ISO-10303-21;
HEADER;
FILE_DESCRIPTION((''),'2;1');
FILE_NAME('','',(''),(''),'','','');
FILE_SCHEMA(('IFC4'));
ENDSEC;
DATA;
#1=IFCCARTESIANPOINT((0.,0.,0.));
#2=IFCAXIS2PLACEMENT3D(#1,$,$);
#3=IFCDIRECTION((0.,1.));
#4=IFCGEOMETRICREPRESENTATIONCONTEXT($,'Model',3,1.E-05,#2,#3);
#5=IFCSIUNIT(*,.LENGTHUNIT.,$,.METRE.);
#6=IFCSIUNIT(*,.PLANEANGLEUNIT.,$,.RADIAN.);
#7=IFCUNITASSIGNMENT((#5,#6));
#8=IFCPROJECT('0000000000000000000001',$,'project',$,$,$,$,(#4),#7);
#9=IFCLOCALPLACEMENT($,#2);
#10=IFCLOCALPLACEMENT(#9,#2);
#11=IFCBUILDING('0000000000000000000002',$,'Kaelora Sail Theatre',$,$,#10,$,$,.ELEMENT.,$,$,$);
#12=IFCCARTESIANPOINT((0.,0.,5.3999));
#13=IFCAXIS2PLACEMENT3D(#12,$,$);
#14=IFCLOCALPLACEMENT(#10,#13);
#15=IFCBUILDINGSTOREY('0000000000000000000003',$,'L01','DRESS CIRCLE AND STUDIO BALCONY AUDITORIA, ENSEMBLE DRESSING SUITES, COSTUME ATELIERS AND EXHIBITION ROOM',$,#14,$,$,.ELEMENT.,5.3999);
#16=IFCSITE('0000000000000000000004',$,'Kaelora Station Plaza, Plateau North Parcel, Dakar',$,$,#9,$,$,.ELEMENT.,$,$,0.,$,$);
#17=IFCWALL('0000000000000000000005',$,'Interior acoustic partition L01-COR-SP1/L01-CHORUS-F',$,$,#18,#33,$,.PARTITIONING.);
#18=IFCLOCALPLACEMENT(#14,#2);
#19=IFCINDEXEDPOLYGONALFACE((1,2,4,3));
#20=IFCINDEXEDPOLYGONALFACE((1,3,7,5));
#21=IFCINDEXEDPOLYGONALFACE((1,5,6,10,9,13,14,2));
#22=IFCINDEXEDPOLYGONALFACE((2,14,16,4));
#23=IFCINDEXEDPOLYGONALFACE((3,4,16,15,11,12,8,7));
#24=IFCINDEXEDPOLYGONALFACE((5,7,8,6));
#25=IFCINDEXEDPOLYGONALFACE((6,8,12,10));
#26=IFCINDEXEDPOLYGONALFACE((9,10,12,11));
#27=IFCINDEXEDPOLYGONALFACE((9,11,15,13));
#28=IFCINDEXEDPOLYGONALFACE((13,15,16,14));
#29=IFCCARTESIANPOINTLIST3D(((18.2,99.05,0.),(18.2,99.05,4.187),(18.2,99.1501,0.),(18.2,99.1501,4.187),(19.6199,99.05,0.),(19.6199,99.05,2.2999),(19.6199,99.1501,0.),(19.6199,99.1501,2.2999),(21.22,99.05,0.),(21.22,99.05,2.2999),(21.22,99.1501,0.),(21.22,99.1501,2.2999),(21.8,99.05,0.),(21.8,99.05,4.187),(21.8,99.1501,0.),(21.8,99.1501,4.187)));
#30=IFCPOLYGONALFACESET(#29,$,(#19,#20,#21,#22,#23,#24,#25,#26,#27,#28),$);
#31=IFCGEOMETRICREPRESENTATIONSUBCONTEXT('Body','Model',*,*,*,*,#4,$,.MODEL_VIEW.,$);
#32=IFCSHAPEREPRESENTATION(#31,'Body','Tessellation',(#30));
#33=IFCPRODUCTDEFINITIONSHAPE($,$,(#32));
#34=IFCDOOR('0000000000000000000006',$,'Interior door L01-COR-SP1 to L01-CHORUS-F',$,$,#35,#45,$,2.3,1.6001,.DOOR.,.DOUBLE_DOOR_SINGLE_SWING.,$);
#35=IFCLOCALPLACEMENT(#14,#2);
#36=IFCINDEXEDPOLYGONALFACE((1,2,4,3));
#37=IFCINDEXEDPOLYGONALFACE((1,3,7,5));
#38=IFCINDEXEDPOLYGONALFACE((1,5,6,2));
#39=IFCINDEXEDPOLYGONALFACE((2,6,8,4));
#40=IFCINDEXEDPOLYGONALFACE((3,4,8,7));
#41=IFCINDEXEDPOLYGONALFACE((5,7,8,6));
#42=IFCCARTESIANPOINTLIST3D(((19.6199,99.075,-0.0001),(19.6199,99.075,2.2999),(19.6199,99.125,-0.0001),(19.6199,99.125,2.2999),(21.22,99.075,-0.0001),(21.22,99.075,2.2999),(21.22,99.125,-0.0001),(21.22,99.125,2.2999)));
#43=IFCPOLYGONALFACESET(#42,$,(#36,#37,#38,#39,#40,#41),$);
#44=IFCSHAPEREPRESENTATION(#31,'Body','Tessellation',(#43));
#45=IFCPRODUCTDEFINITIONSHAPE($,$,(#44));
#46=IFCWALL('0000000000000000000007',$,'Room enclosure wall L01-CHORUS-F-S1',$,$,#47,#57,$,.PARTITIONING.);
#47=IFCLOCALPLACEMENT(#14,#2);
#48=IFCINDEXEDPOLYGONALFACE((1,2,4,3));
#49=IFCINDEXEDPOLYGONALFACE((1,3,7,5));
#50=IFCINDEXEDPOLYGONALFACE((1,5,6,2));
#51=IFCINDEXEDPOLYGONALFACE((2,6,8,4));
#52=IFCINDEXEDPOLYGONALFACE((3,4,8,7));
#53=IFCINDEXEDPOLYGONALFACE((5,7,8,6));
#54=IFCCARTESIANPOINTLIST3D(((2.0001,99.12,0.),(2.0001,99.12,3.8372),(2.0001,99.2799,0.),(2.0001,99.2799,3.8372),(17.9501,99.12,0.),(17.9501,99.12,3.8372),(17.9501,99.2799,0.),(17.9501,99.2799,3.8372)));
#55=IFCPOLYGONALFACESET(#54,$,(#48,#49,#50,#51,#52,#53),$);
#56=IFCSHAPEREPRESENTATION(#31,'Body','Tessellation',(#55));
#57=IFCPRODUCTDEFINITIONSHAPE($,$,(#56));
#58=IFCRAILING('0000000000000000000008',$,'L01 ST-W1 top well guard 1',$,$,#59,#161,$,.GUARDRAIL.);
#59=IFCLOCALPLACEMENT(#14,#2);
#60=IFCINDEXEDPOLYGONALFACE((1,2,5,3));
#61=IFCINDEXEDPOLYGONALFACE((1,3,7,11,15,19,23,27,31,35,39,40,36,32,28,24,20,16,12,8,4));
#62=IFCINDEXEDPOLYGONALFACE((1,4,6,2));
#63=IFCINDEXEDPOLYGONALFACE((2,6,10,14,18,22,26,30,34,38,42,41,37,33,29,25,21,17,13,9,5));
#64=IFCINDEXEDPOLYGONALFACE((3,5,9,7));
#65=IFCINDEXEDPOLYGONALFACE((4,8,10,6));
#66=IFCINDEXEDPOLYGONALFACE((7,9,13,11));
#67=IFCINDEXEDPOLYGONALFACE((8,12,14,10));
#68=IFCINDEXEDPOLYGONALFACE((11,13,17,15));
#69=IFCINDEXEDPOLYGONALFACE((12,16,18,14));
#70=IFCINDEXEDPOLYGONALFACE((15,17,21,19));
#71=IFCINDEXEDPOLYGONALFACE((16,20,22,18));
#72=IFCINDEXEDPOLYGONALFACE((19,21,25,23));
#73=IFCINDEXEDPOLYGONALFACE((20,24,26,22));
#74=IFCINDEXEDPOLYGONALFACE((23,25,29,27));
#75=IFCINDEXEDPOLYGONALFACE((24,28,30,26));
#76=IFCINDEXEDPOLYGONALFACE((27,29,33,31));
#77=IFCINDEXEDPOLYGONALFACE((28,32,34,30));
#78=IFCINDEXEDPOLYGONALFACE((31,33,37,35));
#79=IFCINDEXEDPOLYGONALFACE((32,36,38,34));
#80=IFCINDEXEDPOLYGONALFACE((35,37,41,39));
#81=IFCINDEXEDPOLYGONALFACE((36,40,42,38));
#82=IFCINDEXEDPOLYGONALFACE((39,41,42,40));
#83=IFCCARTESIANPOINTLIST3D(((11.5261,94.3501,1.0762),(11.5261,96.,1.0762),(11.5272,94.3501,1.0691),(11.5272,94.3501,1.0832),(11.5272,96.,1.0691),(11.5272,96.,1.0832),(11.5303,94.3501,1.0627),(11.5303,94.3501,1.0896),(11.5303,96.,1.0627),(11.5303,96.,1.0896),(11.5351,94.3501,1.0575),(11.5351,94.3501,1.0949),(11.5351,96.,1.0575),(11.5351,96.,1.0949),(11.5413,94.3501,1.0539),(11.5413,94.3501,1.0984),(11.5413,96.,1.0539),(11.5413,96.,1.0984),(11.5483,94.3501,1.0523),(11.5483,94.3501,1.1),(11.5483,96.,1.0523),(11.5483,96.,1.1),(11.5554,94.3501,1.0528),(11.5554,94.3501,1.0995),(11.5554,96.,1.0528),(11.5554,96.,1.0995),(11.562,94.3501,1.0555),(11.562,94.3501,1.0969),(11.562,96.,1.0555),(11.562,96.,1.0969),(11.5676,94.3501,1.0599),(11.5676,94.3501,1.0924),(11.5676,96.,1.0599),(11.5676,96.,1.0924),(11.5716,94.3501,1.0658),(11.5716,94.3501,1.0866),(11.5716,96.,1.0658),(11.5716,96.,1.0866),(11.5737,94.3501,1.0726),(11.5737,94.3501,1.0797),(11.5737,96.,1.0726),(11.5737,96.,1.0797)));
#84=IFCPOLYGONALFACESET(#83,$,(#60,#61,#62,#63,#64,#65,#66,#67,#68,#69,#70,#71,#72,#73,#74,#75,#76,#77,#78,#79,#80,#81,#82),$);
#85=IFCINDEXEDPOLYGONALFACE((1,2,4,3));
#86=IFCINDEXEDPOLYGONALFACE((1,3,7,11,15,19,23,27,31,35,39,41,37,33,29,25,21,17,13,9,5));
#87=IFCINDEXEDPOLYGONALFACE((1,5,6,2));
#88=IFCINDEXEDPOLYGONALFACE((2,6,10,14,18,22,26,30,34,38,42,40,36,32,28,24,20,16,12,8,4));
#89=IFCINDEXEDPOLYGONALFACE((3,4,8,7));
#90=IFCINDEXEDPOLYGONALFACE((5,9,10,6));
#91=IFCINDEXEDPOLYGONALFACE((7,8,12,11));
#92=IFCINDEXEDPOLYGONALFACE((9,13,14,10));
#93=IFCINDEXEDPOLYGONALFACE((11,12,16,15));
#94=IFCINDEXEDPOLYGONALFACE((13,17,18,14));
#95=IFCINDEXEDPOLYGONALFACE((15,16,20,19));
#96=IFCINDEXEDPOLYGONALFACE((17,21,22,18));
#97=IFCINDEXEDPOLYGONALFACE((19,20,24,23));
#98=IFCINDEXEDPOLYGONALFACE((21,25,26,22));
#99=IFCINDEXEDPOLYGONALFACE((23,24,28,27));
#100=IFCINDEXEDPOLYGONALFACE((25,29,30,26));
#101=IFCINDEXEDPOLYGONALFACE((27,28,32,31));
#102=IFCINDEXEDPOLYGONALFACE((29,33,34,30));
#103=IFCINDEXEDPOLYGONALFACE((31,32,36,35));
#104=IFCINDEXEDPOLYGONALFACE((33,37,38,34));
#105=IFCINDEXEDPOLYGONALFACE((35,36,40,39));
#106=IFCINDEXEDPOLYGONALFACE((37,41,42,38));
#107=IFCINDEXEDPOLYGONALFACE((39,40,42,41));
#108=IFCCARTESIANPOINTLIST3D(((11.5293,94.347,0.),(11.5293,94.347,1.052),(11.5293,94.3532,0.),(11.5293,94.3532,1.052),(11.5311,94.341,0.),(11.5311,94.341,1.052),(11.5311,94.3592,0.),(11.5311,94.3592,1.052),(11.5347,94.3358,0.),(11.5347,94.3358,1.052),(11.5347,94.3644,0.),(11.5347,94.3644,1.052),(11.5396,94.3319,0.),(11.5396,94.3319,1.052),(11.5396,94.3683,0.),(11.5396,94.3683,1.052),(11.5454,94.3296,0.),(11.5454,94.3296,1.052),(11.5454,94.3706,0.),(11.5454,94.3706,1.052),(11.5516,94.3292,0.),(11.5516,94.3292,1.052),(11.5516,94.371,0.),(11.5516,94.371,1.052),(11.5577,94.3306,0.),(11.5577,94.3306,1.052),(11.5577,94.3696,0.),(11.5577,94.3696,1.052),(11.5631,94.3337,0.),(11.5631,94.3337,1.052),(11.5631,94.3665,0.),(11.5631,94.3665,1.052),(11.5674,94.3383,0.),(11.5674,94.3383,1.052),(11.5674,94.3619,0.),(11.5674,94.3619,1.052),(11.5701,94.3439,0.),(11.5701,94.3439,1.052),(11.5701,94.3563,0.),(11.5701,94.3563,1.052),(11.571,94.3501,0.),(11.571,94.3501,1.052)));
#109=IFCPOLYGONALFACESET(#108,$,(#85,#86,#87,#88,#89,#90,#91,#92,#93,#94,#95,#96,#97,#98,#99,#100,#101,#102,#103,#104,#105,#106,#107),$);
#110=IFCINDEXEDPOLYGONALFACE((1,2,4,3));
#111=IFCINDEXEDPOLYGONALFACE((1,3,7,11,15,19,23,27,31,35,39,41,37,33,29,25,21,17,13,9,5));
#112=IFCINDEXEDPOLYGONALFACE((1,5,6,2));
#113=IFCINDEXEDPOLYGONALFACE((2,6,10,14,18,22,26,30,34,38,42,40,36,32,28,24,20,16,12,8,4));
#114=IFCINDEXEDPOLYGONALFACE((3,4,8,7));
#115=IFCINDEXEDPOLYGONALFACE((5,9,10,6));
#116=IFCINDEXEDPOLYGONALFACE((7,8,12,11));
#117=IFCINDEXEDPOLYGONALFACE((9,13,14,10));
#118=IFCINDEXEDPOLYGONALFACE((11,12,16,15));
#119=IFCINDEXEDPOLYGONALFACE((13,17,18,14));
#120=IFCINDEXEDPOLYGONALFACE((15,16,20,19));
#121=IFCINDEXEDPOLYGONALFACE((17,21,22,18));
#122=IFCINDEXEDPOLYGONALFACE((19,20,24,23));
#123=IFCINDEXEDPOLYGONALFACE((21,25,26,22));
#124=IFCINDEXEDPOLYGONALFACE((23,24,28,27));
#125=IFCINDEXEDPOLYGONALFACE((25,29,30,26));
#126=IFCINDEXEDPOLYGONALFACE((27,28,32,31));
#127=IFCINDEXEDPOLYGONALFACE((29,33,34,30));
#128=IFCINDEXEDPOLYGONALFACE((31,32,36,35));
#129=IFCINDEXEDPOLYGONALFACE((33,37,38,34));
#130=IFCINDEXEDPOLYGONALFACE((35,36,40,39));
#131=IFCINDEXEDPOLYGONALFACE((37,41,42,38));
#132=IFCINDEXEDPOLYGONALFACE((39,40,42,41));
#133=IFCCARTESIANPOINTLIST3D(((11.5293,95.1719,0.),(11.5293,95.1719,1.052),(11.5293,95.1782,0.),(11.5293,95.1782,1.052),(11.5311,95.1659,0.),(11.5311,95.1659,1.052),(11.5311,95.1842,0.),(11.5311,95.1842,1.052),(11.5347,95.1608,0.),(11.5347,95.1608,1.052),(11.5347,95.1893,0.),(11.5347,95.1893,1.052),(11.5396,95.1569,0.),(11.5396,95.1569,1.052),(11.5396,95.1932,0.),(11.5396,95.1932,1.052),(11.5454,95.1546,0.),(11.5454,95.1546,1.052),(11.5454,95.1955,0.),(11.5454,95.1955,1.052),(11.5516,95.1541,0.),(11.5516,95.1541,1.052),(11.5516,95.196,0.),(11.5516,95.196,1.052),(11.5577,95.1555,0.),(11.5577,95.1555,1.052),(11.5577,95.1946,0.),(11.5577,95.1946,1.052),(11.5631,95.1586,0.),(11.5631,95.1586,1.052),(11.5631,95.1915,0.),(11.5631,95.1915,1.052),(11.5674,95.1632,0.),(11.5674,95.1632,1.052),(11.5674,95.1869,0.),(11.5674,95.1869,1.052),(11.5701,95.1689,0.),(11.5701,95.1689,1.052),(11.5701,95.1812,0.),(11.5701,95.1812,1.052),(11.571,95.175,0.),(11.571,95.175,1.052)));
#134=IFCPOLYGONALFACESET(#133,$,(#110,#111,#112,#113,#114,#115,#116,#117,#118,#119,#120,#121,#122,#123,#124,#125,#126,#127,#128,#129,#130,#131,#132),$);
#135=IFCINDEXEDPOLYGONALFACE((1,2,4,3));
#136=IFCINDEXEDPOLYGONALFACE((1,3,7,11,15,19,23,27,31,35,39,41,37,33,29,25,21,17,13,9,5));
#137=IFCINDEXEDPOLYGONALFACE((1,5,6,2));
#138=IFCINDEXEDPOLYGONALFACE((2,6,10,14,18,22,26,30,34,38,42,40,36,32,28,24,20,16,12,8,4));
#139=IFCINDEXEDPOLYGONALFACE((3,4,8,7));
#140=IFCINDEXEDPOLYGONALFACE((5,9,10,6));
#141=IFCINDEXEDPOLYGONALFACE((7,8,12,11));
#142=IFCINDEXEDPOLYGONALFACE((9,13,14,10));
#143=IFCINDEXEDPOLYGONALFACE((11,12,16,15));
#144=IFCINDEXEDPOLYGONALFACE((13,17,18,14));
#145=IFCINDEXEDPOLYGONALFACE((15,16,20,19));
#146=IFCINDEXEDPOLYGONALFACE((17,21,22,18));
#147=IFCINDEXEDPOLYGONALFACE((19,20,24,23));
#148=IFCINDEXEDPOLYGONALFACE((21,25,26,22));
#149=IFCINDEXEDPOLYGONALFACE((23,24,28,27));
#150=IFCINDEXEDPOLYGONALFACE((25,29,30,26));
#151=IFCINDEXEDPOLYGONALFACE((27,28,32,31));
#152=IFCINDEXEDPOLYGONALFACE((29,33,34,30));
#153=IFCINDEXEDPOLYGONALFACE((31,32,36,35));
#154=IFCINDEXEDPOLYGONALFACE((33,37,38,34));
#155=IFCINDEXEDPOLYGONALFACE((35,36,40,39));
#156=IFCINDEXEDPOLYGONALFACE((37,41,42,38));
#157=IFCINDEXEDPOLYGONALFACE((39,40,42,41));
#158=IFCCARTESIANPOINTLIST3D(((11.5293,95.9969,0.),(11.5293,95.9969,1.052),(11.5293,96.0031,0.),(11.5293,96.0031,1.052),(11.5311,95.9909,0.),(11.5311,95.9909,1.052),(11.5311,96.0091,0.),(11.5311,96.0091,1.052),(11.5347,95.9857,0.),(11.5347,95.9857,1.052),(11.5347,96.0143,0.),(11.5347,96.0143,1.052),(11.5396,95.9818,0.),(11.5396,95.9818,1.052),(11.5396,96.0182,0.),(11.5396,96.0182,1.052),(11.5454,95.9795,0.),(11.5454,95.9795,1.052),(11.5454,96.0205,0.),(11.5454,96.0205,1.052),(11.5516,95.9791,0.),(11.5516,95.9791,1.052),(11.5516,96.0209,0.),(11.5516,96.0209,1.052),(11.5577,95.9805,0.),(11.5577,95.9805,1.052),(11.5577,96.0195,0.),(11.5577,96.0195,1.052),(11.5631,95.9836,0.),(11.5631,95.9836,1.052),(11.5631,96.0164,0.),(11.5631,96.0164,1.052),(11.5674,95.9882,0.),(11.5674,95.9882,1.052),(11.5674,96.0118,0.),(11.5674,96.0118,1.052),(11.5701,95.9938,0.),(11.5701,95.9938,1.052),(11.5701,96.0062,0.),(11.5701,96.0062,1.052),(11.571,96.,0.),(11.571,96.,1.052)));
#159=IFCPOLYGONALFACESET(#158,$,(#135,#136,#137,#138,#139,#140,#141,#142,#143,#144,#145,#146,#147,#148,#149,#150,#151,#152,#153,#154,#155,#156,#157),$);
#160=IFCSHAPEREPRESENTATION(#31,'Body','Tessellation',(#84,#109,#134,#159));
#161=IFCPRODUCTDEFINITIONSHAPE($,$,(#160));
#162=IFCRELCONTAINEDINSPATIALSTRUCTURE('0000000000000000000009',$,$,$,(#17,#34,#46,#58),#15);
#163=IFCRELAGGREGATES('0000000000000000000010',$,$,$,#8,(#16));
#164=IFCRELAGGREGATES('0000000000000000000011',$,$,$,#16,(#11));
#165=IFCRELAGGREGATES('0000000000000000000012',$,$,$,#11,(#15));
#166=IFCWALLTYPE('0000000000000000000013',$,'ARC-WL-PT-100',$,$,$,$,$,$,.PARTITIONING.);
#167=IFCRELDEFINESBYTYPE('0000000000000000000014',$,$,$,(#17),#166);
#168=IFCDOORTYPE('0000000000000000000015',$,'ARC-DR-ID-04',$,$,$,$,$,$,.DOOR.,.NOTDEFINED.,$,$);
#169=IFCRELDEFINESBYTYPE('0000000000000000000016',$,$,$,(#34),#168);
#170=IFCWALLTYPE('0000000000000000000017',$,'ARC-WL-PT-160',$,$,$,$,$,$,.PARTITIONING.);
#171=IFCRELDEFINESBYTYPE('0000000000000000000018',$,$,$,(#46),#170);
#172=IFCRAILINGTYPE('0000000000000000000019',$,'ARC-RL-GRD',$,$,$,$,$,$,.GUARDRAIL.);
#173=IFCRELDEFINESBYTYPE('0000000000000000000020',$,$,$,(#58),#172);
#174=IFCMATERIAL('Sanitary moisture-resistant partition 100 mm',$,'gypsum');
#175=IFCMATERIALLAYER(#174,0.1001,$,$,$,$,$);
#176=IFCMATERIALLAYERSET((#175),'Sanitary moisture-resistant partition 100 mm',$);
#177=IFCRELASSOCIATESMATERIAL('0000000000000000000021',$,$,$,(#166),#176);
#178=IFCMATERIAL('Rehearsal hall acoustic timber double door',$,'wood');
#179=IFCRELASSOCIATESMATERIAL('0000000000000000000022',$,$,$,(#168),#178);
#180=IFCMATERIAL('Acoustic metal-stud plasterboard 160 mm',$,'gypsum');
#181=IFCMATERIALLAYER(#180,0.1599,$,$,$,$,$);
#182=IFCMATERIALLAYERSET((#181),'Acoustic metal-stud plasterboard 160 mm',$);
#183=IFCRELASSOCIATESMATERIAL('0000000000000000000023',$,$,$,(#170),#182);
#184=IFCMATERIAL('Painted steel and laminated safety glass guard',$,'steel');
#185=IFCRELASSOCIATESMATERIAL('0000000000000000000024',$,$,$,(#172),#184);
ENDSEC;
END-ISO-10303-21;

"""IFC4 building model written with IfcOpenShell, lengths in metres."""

from ifc_helpers import new_model, si_unit, direction, frame, frame_2d, origin, origin_2d, place, context, subcontext, project, spatial, rectangle, circle, extrude, material, layer, layer_set, type_object, element, fill, save


model = new_model("IFC4")

# Units and contexts
model_context = context("Model", 3, precision=1e-05, world=origin(), true_north=direction((0.0, 1.0)))
body_context = subcontext(model_context, "Body", "Model", "MODEL_VIEW")
ifc_project = project(units=[si_unit("LENGTHUNIT", "METRE"), si_unit("PLANEANGLEUNIT", "RADIAN")], contexts=[model_context])

# Site, building, storey
site_placement = place(None, origin())
site = spatial("IfcSite", under=ifc_project, at=site_placement, Name="Kaelora Station Plaza, Plateau North Parcel, Dakar", CompositionType="ELEMENT", RefElevation=0.0)
building_placement = place(site_placement, origin())
building = spatial("IfcBuilding", under=site, at=building_placement, Name="Kaelora Sail Theatre", CompositionType="ELEMENT")
storey_placement = place(building_placement, frame((0.0, 0.0, 5.3999)))
storey = spatial("IfcBuildingStorey", under=building, at=storey_placement, Name="L01", Description="DRESS CIRCLE AND STUDIO BALCONY AUDITORIA, ENSEMBLE DRESSING SUITES, COSTUME ATELIERS AND EXHIBITION ROOM", CompositionType="ELEMENT", Elevation=5.3999)

# Wall, opening, door
ifc_material_1 = material(Name="Sanitary moisture-resistant partition 100 mm", Category="gypsum")
ifc_layer_1 = layer(ifc_material_1, 0.1001)
ifc_layer_set_1 = layer_set([ifc_layer_1], Name="Sanitary moisture-resistant partition 100 mm")
wall_type_1 = type_object("IfcWallType", Name="ARC-WL-PT-100", PredefinedType="PARTITIONING", material=ifc_layer_set_1)
wall_1_placement = place(storey_placement, frame((18.2, 99.1001, 0.0), z_axis=(0.0, 0.0, 1.0), x_axis=(1.0, 0.0, 0.0)))
wall_1 = element("IfcWall", 1, at=wall_1_placement, inside=storey, type_object=wall_type_1, Name="Interior acoustic partition L01-COR-SP1/L01-CHORUS-F", PredefinedType="PARTITIONING", context=body_context, shape_type="SweptSolid", body=[
    extrude(rectangle(XDim=3.6001, YDim=0.1001, at=frame_2d((1.8, 0.0))), origin(), (0.0, 0.0, 1.0), 4.187),
])
opening_1_placement = place(wall_1_placement, frame((1.4199, 0.0, 0.0)))
opening_1 = element("IfcOpeningElement", 2, at=opening_1_placement, cuts=wall_1, PredefinedType="OPENING", context=body_context, shape_type="SweptSolid", body=[
    extrude(rectangle(XDim=1.6001, YDim=2.3, at=frame_2d((0.8, 1.1499))), frame((0.0, 0.06, 0.0), z_axis=(0.0, -1.0, 0.0), x_axis=(1.0, 0.0, 0.0)), (0.0, 0.0, 1.0), 0.1201),
])
ifc_material_2 = material(Name="Rehearsal hall acoustic timber double door", Category="wood")
door_type_1 = type_object("IfcDoorType", Name="ARC-DR-ID-04", OperationType="NOTDEFINED", PredefinedType="DOOR", material=ifc_material_2)
door_1_placement = place(opening_1_placement, origin())
door_1 = element("IfcDoor", 3, at=door_1_placement, inside=storey, type_object=door_type_1, Name="Interior door L01-COR-SP1 to L01-CHORUS-F", OperationType="DOUBLE_DOOR_SINGLE_SWING", OverallHeight=2.3, OverallWidth=1.6001, PredefinedType="DOOR", context=body_context, shape_type="SweptSolid", body=[
    extrude(rectangle(XDim=1.6001, YDim=2.3, at=frame_2d((0.8, 1.1499))), frame((0.0, 0.0249, 0.0), z_axis=(0.0, -1.0, 0.0), x_axis=(1.0, 0.0, 0.0)), (0.0, 0.0, 1.0), 0.05),
])
fill(opening_1, door_1)

# Wall
ifc_material_3 = material(Name="Acoustic metal-stud plasterboard 160 mm", Category="gypsum")
ifc_layer_2 = layer(ifc_material_3, 0.1599)
ifc_layer_set_2 = layer_set([ifc_layer_2], Name="Acoustic metal-stud plasterboard 160 mm")
wall_type_2 = type_object("IfcWallType", Name="ARC-WL-PT-160", PredefinedType="PARTITIONING", material=ifc_layer_set_2)
wall_2_placement = place(storey_placement, frame((2.0, 99.2, 0.0), z_axis=(0.0, 0.0, 1.0), x_axis=(1.0, 0.0, 0.0)))
element("IfcWall", 4, at=wall_2_placement, inside=storey, type_object=wall_type_2, Name="Room enclosure wall L01-CHORUS-F-S1", PredefinedType="PARTITIONING", context=body_context, shape_type="SweptSolid", body=[
    extrude(rectangle(XDim=15.95, YDim=0.1599, at=frame_2d((7.9751, 0.0))), origin(), (0.0, 0.0, 1.0), 3.8372),
])

# Railing
ifc_material_4 = material(Name="Painted steel and laminated safety glass guard", Category="steel")
railing_type = type_object("IfcRailingType", Name="ARC-RL-GRD", PredefinedType="GUARDRAIL", material=ifc_material_4)
railing_placement = place(storey_placement, frame((11.55, 94.3501, 0.0)))
element("IfcRailing", 5, at=railing_placement, inside=storey, type_object=railing_type, Name="L01 ST-W1 top well guard 1", PredefinedType="GUARDRAIL", context=body_context, shape_type="SweptSolid", body=[
    extrude(circle(Radius=0.0239, at=origin_2d()), frame((0.0, 0.0, 1.0762), z_axis=(0.0, 1.0, 0.0), x_axis=(-1.0, 0.0, 0.0)), (0.0, 0.0, 1.0), 1.6499),
    extrude(circle(Radius=0.021, at=origin_2d()), origin(), (0.0, 0.0, 1.0), 1.052),
    extrude(circle(Radius=0.021, at=origin_2d()), frame((0.0, 0.825, 0.0)), (0.0, 0.0, 1.0), 1.052),
    extrude(circle(Radius=0.021, at=origin_2d()), frame((0.0, 1.6499, 0.0)), (0.0, 0.0, 1.0), 1.052),
])

save(model, "model.ifc")
